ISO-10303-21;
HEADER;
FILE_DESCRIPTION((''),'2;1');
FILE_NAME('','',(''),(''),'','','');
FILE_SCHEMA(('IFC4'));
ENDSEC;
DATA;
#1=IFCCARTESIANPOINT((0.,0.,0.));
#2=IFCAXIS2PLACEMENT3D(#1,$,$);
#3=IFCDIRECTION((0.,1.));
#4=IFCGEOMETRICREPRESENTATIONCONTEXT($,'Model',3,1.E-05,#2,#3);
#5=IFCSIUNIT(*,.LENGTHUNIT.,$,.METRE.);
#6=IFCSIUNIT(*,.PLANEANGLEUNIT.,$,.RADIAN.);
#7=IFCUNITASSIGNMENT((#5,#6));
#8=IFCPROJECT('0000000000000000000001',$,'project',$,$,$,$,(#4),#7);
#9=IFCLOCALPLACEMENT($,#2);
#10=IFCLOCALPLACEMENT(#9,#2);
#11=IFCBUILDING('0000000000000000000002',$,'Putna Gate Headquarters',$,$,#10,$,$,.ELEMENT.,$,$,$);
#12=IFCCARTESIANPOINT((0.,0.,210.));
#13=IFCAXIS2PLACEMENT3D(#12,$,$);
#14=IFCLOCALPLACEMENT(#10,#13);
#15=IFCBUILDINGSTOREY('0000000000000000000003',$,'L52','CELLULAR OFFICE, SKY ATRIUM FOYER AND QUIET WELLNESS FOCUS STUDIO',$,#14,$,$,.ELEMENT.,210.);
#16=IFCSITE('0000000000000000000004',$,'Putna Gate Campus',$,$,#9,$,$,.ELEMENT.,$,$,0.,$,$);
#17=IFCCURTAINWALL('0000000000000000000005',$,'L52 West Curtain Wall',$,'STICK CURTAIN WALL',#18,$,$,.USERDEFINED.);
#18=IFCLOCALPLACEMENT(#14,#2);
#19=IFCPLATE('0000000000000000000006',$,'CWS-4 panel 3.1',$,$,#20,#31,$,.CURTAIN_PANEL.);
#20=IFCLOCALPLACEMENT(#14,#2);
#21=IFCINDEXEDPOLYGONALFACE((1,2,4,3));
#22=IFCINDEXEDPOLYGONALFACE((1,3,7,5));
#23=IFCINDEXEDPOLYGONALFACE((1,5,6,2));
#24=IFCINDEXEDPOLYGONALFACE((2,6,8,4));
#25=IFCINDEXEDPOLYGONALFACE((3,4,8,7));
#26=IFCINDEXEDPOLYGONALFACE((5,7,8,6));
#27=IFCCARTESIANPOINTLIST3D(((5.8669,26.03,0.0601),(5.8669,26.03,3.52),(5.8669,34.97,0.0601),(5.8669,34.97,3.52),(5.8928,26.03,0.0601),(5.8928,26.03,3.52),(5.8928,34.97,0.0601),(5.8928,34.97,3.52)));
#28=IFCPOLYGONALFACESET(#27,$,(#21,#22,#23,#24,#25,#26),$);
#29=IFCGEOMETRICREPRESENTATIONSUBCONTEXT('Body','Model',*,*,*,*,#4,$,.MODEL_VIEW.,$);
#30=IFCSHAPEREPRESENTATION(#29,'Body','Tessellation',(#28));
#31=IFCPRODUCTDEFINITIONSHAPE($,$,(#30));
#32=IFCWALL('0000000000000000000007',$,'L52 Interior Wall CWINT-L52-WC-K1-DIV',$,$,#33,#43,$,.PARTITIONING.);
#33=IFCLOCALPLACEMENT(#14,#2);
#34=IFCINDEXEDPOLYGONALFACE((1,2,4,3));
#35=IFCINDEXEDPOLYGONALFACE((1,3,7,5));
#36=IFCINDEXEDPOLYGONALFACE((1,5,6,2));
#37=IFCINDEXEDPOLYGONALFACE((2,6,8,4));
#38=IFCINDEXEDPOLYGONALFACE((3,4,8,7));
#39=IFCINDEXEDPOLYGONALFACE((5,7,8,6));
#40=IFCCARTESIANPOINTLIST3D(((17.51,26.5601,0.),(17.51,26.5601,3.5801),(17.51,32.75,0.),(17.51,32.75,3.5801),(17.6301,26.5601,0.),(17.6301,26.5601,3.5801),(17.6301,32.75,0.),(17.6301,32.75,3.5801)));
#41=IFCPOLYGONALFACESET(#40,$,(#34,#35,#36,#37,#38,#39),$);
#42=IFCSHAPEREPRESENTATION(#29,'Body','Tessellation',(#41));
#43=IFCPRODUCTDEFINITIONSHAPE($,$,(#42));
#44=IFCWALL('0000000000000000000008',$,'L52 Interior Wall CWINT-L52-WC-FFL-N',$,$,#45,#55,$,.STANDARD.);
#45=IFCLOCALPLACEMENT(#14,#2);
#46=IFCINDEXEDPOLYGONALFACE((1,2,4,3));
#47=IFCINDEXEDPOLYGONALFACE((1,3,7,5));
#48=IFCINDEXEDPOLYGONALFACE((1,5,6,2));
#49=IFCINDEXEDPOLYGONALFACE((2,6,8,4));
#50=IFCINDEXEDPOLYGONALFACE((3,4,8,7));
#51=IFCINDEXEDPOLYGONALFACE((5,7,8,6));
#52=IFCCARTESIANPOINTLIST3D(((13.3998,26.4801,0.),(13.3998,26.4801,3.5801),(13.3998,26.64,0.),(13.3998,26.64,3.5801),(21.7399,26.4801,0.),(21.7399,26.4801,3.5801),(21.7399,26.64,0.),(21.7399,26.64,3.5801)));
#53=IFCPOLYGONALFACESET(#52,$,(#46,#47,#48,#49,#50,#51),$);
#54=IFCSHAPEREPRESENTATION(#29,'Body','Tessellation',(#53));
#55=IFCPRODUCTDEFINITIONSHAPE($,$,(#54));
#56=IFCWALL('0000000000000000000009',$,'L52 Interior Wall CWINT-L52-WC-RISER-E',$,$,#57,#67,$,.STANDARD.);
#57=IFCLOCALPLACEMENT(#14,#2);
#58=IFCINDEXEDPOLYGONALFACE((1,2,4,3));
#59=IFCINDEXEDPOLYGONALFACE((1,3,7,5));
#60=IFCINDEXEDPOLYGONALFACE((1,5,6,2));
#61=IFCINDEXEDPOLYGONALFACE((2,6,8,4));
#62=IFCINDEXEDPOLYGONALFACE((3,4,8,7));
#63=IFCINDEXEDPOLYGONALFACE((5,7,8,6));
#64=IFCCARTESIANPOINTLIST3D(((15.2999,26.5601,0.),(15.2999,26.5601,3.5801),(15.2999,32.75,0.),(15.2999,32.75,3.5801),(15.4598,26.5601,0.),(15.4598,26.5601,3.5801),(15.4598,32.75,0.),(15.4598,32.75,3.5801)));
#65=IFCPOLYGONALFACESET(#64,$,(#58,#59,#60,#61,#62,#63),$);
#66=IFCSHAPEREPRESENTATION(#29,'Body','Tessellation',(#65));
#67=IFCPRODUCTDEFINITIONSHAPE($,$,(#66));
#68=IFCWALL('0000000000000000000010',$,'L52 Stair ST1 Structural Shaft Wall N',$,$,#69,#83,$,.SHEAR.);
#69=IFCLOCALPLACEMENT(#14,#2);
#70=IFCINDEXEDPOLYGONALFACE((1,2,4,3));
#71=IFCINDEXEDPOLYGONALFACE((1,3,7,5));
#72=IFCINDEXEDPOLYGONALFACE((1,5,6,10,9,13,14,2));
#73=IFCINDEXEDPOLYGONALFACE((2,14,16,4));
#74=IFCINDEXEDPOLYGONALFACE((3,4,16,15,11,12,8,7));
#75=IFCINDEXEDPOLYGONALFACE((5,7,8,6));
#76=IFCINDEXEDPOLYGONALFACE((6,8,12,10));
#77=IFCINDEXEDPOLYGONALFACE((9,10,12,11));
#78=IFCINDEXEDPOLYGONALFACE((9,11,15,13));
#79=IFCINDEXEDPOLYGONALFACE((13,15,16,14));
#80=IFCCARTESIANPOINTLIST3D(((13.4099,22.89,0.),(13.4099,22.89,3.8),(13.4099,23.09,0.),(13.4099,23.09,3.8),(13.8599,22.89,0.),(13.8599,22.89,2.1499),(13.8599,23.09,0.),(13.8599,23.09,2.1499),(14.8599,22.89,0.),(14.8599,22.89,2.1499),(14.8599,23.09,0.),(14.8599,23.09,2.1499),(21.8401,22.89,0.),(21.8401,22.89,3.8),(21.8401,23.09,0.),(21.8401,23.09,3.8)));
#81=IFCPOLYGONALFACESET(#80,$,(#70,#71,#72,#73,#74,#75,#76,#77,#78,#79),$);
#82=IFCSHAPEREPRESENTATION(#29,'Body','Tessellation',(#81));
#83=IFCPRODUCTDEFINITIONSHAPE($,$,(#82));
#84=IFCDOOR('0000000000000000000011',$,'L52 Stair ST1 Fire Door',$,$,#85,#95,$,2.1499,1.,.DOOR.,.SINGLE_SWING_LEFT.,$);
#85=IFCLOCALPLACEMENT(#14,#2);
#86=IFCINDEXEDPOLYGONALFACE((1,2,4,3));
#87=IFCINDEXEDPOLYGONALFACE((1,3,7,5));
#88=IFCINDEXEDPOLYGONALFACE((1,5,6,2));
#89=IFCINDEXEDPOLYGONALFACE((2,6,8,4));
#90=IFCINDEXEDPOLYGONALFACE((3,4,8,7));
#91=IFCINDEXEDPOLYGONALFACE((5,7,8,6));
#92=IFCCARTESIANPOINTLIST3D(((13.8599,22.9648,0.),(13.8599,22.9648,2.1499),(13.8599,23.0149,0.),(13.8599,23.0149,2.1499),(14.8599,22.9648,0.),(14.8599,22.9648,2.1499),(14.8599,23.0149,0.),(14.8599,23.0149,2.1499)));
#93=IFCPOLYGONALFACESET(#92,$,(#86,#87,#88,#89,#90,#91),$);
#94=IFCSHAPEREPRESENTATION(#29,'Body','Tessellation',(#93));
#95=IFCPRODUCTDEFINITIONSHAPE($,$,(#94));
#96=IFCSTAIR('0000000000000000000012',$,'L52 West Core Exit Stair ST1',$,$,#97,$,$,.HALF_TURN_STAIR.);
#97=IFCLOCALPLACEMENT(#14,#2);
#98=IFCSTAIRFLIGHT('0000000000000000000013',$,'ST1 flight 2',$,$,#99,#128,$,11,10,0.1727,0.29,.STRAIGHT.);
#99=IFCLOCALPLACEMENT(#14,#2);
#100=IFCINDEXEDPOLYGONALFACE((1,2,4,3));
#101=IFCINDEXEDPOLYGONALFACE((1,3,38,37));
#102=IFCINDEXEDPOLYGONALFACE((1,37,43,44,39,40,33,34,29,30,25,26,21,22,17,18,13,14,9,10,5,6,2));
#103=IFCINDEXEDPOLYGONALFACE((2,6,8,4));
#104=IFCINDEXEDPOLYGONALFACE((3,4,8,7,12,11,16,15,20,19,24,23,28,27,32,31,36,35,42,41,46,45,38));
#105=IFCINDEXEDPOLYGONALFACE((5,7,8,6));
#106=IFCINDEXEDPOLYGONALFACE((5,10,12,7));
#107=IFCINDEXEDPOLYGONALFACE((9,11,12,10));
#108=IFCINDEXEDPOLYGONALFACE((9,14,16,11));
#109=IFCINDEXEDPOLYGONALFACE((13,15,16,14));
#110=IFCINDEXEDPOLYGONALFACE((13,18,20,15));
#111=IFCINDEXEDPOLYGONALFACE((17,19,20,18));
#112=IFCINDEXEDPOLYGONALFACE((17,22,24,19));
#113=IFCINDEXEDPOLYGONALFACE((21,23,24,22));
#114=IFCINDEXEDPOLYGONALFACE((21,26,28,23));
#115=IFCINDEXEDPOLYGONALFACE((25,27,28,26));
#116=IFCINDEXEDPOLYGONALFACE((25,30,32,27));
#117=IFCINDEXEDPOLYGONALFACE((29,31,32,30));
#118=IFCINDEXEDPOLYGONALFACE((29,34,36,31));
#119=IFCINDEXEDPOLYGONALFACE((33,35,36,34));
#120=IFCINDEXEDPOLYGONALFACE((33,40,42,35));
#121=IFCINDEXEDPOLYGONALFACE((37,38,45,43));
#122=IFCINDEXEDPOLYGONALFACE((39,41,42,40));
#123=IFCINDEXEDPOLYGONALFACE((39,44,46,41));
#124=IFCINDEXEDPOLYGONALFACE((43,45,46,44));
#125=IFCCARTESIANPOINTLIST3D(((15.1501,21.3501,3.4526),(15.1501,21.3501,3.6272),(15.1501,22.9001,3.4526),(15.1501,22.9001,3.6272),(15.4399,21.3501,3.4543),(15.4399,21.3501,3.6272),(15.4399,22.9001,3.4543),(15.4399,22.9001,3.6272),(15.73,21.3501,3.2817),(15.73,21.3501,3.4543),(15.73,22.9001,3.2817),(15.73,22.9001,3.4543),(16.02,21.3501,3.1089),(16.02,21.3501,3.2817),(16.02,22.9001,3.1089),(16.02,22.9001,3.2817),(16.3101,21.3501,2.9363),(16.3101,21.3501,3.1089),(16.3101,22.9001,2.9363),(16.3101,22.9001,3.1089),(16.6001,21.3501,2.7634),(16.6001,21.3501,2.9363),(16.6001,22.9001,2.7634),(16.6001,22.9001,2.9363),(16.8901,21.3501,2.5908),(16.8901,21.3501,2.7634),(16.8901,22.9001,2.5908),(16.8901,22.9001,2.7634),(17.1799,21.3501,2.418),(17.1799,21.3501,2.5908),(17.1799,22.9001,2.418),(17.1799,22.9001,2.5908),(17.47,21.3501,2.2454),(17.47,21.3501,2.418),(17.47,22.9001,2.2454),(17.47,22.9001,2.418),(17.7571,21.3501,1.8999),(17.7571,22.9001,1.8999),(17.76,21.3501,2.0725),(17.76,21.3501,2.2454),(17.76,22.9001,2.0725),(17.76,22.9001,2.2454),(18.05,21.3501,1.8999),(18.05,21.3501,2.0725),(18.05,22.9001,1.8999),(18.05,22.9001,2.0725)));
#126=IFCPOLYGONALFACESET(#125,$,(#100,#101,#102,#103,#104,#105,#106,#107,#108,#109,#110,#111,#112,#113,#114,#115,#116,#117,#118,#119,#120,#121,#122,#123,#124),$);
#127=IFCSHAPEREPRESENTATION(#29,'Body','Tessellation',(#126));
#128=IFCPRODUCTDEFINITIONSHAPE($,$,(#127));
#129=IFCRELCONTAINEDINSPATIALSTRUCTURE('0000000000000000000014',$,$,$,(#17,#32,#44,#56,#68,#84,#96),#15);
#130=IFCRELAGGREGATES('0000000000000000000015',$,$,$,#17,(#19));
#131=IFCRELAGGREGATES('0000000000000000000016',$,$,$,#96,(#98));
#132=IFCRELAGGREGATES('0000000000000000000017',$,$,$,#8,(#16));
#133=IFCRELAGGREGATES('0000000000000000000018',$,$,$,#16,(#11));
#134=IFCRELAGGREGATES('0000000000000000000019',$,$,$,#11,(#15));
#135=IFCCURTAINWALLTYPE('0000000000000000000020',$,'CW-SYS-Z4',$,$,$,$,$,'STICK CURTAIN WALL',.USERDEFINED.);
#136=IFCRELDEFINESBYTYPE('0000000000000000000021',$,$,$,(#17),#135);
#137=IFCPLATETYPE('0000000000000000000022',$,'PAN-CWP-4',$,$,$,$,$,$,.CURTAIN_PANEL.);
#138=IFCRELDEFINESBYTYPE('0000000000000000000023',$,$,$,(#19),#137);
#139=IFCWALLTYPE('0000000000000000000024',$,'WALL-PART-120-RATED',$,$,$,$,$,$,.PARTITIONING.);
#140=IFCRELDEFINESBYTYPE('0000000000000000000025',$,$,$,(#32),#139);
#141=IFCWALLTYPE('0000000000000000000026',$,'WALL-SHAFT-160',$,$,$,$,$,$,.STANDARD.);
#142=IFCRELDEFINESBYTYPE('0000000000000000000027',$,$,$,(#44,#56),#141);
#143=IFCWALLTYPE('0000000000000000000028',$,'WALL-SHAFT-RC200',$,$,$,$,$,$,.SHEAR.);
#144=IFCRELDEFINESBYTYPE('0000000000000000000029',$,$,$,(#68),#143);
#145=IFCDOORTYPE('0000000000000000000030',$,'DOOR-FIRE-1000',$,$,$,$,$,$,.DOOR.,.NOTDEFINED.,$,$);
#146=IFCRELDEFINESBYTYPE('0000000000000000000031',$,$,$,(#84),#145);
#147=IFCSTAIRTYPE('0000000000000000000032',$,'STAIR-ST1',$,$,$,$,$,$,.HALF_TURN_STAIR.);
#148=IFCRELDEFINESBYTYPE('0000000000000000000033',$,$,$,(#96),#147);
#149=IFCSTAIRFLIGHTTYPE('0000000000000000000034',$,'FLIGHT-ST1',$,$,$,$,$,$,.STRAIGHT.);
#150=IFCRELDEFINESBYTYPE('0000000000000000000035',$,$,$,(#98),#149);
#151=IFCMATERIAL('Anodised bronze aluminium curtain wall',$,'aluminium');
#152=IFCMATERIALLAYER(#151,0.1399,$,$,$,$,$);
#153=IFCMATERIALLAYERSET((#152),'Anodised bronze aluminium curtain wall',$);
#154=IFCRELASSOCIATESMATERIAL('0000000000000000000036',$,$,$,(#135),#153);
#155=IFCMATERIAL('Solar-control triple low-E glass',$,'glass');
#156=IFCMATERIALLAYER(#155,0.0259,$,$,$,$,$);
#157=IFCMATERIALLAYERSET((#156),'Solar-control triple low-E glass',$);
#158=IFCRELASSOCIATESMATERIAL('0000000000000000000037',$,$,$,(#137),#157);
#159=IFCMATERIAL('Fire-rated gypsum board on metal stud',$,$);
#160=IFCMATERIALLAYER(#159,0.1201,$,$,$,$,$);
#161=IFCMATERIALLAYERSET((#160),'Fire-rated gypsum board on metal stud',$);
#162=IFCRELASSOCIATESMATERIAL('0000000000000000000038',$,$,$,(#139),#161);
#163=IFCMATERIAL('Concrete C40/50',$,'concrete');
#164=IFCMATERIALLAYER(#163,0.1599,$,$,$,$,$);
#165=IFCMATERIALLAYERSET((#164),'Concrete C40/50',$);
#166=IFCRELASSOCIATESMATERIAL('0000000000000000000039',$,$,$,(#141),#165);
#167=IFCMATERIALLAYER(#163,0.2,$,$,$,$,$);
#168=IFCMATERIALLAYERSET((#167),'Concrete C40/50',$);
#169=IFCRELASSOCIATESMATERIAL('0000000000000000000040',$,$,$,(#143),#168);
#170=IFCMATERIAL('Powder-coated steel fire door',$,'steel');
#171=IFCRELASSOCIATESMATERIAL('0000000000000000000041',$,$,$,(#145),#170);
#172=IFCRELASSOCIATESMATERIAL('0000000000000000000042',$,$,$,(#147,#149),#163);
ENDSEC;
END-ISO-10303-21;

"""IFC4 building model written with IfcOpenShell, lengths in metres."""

from ifc_helpers import new_model, si_unit, direction, frame, frame_2d, origin, origin_2d, place, context, subcontext, project, spatial, polyline, rectangle, outline, extrude, material, layer, layer_set, type_object, element, fill, aggregate, save


model = new_model("IFC4")

# Units and contexts
model_context = context("Model", 3, precision=1e-05, world=origin(), true_north=direction((0.0, 1.0)))
body_context = subcontext(model_context, "Body", "Model", "MODEL_VIEW")
ifc_project = project(units=[si_unit("LENGTHUNIT", "METRE"), si_unit("PLANEANGLEUNIT", "RADIAN")], contexts=[model_context])

# Site, building, storey
site_placement = place(None, origin())
site = spatial("IfcSite", under=ifc_project, at=site_placement, Name="Putna Gate Campus", CompositionType="ELEMENT", RefElevation=0.0)
building_placement = place(site_placement, origin())
building = spatial("IfcBuilding", under=site, at=building_placement, Name="Putna Gate Headquarters", CompositionType="ELEMENT")
storey_placement = place(building_placement, frame((0.0, 0.0, 210.0)))
storey = spatial("IfcBuildingStorey", under=building, at=storey_placement, Name="L52", Description="CELLULAR OFFICE, SKY ATRIUM FOYER AND QUIET WELLNESS FOCUS STUDIO", CompositionType="ELEMENT", Elevation=210.0)

# Curtain wall, plate
ifc_material_1 = material(Name="Anodised bronze aluminium curtain wall", Category="aluminium")
ifc_layer_1 = layer(ifc_material_1, 0.1399)
ifc_layer_set_1 = layer_set([ifc_layer_1], Name="Anodised bronze aluminium curtain wall")
curtain_wall_type = type_object("IfcCurtainWallType", Name="CW-SYS-Z4", ElementType="STICK CURTAIN WALL", PredefinedType="USERDEFINED", material=ifc_layer_set_1)
curtain_wall_placement = place(storey_placement, origin())
curtain_wall = element("IfcCurtainWall", 1, at=curtain_wall_placement, inside=storey, type_object=curtain_wall_type, Name="L52 West Curtain Wall", ObjectType="STICK CURTAIN WALL", PredefinedType="USERDEFINED")
ifc_material_2 = material(Name="Solar-control triple low-E glass", Category="glass")
ifc_layer_2 = layer(ifc_material_2, 0.0259)
ifc_layer_set_2 = layer_set([ifc_layer_2], Name="Solar-control triple low-E glass")
plate_type = type_object("IfcPlateType", Name="PAN-CWP-4", PredefinedType="CURTAIN_PANEL", material=ifc_layer_set_2)
plate_1_placement = place(storey_placement, frame((5.8799, 30.5, 0.0601), z_axis=(0.0, 0.0, 1.0), x_axis=(0.0, 1.0, 0.0)))
plate_1 = element("IfcPlate", 2, at=plate_1_placement, type_object=plate_type, Name="CWS-4 panel 3.1", PredefinedType="CURTAIN_PANEL", context=body_context, shape_type="SweptSolid", body=[
    extrude(rectangle(XDim=8.9399, YDim=0.0259, at=origin_2d()), origin(), (0.0, 0.0, 1.0), 3.46),
])
aggregate(curtain_wall, [plate_1])

# Walls
ifc_material_3 = material(Name="Fire-rated gypsum board on metal stud")
ifc_layer_3 = layer(ifc_material_3, 0.1201)
ifc_layer_set_3 = layer_set([ifc_layer_3], Name="Fire-rated gypsum board on metal stud")
wall_type_1 = type_object("IfcWallType", Name="WALL-PART-120-RATED", PredefinedType="PARTITIONING", material=ifc_layer_set_3)
wall_1_placement = place(storey_placement, frame((17.5701, 26.5601, 0.0), z_axis=(0.0, 0.0, 1.0), x_axis=(0.0, 1.0, 0.0)))
element("IfcWall", 3, at=wall_1_placement, inside=storey, type_object=wall_type_1, Name="L52 Interior Wall CWINT-L52-WC-K1-DIV", PredefinedType="PARTITIONING", context=body_context, shape_type="SweptSolid", body=[
    extrude(rectangle(XDim=6.1899, YDim=0.1201, at=frame_2d((3.095, 0.0))), origin(), (0.0, 0.0, 1.0), 3.5801),
])
ifc_material_4 = material(Name="Concrete C40/50", Category="concrete")
ifc_layer_4 = layer(ifc_material_4, 0.1599)
ifc_layer_set_4 = layer_set([ifc_layer_4], Name="Concrete C40/50")
wall_type_2 = type_object("IfcWallType", Name="WALL-SHAFT-160", PredefinedType="STANDARD", material=ifc_layer_set_4)
wall_2_placement = place(storey_placement, frame((13.3999, 26.5601, 0.0), z_axis=(0.0, 0.0, 1.0), x_axis=(1.0, 0.0, 0.0)))
element("IfcWall", 4, at=wall_2_placement, inside=storey, type_object=wall_type_2, Name="L52 Interior Wall CWINT-L52-WC-FFL-N", PredefinedType="STANDARD", context=body_context, shape_type="SweptSolid", body=[
    extrude(rectangle(XDim=8.3401, YDim=0.1599, at=frame_2d((4.1699, 0.0))), origin(), (0.0, 0.0, 1.0), 3.5801),
])
wall_3_placement = place(storey_placement, frame((15.3799, 26.5601, 0.0), z_axis=(0.0, 0.0, 1.0), x_axis=(0.0, 1.0, 0.0)))
element("IfcWall", 5, at=wall_3_placement, inside=storey, type_object=wall_type_2, Name="L52 Interior Wall CWINT-L52-WC-RISER-E", PredefinedType="STANDARD", context=body_context, shape_type="SweptSolid", body=[
    extrude(rectangle(XDim=6.1899, YDim=0.1599, at=frame_2d((3.095, 0.0))), origin(), (0.0, 0.0, 1.0), 3.5801),
])

# Wall, opening, door
ifc_layer_5 = layer(ifc_material_4, 0.2)
ifc_layer_set_5 = layer_set([ifc_layer_5], Name="Concrete C40/50")
wall_type_3 = type_object("IfcWallType", Name="WALL-SHAFT-RC200", PredefinedType="SHEAR", material=ifc_layer_set_5)
wall_4_placement = place(storey_placement, frame((13.4099, 22.99, 0.0), z_axis=(0.0, 0.0, 1.0), x_axis=(1.0, 0.0, 0.0)))
wall_4 = element("IfcWall", 6, at=wall_4_placement, inside=storey, type_object=wall_type_3, Name="L52 Stair ST1 Structural Shaft Wall N", PredefinedType="SHEAR", context=body_context, shape_type="SweptSolid", body=[
    extrude(rectangle(XDim=8.4302, YDim=0.2, at=frame_2d((4.2151, 0.0))), origin(), (0.0, 0.0, 1.0), 3.8),
])
opening_1_placement = place(wall_4_placement, frame((0.45, 0.0, 0.0)))
opening_1 = element("IfcOpeningElement", 7, at=opening_1_placement, cuts=wall_4, PredefinedType="OPENING", context=body_context, shape_type="SweptSolid", body=[
    extrude(rectangle(XDim=1.0, YDim=2.1499, at=frame_2d((0.5, 1.075))), frame((0.0, 0.1099, 0.0), z_axis=(0.0, -1.0, 0.0), x_axis=(1.0, 0.0, 0.0)), (0.0, 0.0, 1.0), 0.22),
])
ifc_material_5 = material(Name="Powder-coated steel fire door", Category="steel")
door_type_1 = type_object("IfcDoorType", Name="DOOR-FIRE-1000", OperationType="NOTDEFINED", PredefinedType="DOOR", material=ifc_material_5)
door_1_placement = place(opening_1_placement, origin())
door_1 = element("IfcDoor", 8, at=door_1_placement, inside=storey, type_object=door_type_1, Name="L52 Stair ST1 Fire Door", OperationType="SINGLE_SWING_LEFT", OverallHeight=2.1499, OverallWidth=1.0, PredefinedType="DOOR", context=body_context, shape_type="SweptSolid", body=[
    extrude(rectangle(XDim=1.0, YDim=2.1499, at=frame_2d((0.5, 1.075))), frame((0.0, 0.0249, 0.0), z_axis=(0.0, -1.0, 0.0), x_axis=(1.0, 0.0, 0.0)), (0.0, 0.0, 1.0), 0.05),
])
fill(opening_1, door_1)

# Stair, stair flight
stair_type = type_object("IfcStairType", Name="STAIR-ST1", PredefinedType="HALF_TURN_STAIR", material=ifc_material_4)
stair_placement = place(storey_placement, origin())
stair = element("IfcStair", 9, at=stair_placement, inside=storey, type_object=stair_type, Name="L52 West Core Exit Stair ST1", PredefinedType="HALF_TURN_STAIR")
stair_flight_type = type_object("IfcStairFlightType", Name="FLIGHT-ST1", PredefinedType="STRAIGHT", material=ifc_material_4)
stair_flight_placement = place(storey_placement, frame((18.05, 22.125, 1.8999), z_axis=(0.0, 0.0, 1.0), x_axis=(-1.0, 0.0, 0.0)))
stair_flight = element("IfcStairFlight", 10, at=stair_flight_placement, type_object=stair_flight_type, Name="ST1 flight 2", NumberOfRisers=11, NumberOfTreads=10, PredefinedType="STRAIGHT", RiserHeight=0.1727, TreadLength=0.29, context=body_context, shape_type="SweptSolid", body=[
    extrude(outline(polyline([(0.0, 0.0), (0.0, 0.1726), (0.29, 0.1726), (0.29, 0.3455), (0.5801, 0.3455), (0.5801, 0.5181), (0.8701, 0.5181), (0.8701, 0.6909), (1.1599, 0.6909), (1.1599, 0.8635), (1.45, 0.8635), (1.45, 1.0364), (1.74, 1.0364), (1.74, 1.209), (2.03, 1.209), (2.03, 1.3818), (2.3201, 1.3818), (2.3201, 1.5544), (2.6101, 1.5544), (2.6101, 1.7273), (2.8999, 1.7273), (2.8999, 1.8999), (2.8999, 1.5527), (0.293, 0.0), (0.0, 0.0)])), frame((0.0, 0.7749, 0.0), z_axis=(0.0, -1.0, 0.0), x_axis=(1.0, 0.0, 0.0)), (0.0, 0.0, 1.0), 1.55),
])
aggregate(stair, [stair_flight])

save(model, "model.ifc")
